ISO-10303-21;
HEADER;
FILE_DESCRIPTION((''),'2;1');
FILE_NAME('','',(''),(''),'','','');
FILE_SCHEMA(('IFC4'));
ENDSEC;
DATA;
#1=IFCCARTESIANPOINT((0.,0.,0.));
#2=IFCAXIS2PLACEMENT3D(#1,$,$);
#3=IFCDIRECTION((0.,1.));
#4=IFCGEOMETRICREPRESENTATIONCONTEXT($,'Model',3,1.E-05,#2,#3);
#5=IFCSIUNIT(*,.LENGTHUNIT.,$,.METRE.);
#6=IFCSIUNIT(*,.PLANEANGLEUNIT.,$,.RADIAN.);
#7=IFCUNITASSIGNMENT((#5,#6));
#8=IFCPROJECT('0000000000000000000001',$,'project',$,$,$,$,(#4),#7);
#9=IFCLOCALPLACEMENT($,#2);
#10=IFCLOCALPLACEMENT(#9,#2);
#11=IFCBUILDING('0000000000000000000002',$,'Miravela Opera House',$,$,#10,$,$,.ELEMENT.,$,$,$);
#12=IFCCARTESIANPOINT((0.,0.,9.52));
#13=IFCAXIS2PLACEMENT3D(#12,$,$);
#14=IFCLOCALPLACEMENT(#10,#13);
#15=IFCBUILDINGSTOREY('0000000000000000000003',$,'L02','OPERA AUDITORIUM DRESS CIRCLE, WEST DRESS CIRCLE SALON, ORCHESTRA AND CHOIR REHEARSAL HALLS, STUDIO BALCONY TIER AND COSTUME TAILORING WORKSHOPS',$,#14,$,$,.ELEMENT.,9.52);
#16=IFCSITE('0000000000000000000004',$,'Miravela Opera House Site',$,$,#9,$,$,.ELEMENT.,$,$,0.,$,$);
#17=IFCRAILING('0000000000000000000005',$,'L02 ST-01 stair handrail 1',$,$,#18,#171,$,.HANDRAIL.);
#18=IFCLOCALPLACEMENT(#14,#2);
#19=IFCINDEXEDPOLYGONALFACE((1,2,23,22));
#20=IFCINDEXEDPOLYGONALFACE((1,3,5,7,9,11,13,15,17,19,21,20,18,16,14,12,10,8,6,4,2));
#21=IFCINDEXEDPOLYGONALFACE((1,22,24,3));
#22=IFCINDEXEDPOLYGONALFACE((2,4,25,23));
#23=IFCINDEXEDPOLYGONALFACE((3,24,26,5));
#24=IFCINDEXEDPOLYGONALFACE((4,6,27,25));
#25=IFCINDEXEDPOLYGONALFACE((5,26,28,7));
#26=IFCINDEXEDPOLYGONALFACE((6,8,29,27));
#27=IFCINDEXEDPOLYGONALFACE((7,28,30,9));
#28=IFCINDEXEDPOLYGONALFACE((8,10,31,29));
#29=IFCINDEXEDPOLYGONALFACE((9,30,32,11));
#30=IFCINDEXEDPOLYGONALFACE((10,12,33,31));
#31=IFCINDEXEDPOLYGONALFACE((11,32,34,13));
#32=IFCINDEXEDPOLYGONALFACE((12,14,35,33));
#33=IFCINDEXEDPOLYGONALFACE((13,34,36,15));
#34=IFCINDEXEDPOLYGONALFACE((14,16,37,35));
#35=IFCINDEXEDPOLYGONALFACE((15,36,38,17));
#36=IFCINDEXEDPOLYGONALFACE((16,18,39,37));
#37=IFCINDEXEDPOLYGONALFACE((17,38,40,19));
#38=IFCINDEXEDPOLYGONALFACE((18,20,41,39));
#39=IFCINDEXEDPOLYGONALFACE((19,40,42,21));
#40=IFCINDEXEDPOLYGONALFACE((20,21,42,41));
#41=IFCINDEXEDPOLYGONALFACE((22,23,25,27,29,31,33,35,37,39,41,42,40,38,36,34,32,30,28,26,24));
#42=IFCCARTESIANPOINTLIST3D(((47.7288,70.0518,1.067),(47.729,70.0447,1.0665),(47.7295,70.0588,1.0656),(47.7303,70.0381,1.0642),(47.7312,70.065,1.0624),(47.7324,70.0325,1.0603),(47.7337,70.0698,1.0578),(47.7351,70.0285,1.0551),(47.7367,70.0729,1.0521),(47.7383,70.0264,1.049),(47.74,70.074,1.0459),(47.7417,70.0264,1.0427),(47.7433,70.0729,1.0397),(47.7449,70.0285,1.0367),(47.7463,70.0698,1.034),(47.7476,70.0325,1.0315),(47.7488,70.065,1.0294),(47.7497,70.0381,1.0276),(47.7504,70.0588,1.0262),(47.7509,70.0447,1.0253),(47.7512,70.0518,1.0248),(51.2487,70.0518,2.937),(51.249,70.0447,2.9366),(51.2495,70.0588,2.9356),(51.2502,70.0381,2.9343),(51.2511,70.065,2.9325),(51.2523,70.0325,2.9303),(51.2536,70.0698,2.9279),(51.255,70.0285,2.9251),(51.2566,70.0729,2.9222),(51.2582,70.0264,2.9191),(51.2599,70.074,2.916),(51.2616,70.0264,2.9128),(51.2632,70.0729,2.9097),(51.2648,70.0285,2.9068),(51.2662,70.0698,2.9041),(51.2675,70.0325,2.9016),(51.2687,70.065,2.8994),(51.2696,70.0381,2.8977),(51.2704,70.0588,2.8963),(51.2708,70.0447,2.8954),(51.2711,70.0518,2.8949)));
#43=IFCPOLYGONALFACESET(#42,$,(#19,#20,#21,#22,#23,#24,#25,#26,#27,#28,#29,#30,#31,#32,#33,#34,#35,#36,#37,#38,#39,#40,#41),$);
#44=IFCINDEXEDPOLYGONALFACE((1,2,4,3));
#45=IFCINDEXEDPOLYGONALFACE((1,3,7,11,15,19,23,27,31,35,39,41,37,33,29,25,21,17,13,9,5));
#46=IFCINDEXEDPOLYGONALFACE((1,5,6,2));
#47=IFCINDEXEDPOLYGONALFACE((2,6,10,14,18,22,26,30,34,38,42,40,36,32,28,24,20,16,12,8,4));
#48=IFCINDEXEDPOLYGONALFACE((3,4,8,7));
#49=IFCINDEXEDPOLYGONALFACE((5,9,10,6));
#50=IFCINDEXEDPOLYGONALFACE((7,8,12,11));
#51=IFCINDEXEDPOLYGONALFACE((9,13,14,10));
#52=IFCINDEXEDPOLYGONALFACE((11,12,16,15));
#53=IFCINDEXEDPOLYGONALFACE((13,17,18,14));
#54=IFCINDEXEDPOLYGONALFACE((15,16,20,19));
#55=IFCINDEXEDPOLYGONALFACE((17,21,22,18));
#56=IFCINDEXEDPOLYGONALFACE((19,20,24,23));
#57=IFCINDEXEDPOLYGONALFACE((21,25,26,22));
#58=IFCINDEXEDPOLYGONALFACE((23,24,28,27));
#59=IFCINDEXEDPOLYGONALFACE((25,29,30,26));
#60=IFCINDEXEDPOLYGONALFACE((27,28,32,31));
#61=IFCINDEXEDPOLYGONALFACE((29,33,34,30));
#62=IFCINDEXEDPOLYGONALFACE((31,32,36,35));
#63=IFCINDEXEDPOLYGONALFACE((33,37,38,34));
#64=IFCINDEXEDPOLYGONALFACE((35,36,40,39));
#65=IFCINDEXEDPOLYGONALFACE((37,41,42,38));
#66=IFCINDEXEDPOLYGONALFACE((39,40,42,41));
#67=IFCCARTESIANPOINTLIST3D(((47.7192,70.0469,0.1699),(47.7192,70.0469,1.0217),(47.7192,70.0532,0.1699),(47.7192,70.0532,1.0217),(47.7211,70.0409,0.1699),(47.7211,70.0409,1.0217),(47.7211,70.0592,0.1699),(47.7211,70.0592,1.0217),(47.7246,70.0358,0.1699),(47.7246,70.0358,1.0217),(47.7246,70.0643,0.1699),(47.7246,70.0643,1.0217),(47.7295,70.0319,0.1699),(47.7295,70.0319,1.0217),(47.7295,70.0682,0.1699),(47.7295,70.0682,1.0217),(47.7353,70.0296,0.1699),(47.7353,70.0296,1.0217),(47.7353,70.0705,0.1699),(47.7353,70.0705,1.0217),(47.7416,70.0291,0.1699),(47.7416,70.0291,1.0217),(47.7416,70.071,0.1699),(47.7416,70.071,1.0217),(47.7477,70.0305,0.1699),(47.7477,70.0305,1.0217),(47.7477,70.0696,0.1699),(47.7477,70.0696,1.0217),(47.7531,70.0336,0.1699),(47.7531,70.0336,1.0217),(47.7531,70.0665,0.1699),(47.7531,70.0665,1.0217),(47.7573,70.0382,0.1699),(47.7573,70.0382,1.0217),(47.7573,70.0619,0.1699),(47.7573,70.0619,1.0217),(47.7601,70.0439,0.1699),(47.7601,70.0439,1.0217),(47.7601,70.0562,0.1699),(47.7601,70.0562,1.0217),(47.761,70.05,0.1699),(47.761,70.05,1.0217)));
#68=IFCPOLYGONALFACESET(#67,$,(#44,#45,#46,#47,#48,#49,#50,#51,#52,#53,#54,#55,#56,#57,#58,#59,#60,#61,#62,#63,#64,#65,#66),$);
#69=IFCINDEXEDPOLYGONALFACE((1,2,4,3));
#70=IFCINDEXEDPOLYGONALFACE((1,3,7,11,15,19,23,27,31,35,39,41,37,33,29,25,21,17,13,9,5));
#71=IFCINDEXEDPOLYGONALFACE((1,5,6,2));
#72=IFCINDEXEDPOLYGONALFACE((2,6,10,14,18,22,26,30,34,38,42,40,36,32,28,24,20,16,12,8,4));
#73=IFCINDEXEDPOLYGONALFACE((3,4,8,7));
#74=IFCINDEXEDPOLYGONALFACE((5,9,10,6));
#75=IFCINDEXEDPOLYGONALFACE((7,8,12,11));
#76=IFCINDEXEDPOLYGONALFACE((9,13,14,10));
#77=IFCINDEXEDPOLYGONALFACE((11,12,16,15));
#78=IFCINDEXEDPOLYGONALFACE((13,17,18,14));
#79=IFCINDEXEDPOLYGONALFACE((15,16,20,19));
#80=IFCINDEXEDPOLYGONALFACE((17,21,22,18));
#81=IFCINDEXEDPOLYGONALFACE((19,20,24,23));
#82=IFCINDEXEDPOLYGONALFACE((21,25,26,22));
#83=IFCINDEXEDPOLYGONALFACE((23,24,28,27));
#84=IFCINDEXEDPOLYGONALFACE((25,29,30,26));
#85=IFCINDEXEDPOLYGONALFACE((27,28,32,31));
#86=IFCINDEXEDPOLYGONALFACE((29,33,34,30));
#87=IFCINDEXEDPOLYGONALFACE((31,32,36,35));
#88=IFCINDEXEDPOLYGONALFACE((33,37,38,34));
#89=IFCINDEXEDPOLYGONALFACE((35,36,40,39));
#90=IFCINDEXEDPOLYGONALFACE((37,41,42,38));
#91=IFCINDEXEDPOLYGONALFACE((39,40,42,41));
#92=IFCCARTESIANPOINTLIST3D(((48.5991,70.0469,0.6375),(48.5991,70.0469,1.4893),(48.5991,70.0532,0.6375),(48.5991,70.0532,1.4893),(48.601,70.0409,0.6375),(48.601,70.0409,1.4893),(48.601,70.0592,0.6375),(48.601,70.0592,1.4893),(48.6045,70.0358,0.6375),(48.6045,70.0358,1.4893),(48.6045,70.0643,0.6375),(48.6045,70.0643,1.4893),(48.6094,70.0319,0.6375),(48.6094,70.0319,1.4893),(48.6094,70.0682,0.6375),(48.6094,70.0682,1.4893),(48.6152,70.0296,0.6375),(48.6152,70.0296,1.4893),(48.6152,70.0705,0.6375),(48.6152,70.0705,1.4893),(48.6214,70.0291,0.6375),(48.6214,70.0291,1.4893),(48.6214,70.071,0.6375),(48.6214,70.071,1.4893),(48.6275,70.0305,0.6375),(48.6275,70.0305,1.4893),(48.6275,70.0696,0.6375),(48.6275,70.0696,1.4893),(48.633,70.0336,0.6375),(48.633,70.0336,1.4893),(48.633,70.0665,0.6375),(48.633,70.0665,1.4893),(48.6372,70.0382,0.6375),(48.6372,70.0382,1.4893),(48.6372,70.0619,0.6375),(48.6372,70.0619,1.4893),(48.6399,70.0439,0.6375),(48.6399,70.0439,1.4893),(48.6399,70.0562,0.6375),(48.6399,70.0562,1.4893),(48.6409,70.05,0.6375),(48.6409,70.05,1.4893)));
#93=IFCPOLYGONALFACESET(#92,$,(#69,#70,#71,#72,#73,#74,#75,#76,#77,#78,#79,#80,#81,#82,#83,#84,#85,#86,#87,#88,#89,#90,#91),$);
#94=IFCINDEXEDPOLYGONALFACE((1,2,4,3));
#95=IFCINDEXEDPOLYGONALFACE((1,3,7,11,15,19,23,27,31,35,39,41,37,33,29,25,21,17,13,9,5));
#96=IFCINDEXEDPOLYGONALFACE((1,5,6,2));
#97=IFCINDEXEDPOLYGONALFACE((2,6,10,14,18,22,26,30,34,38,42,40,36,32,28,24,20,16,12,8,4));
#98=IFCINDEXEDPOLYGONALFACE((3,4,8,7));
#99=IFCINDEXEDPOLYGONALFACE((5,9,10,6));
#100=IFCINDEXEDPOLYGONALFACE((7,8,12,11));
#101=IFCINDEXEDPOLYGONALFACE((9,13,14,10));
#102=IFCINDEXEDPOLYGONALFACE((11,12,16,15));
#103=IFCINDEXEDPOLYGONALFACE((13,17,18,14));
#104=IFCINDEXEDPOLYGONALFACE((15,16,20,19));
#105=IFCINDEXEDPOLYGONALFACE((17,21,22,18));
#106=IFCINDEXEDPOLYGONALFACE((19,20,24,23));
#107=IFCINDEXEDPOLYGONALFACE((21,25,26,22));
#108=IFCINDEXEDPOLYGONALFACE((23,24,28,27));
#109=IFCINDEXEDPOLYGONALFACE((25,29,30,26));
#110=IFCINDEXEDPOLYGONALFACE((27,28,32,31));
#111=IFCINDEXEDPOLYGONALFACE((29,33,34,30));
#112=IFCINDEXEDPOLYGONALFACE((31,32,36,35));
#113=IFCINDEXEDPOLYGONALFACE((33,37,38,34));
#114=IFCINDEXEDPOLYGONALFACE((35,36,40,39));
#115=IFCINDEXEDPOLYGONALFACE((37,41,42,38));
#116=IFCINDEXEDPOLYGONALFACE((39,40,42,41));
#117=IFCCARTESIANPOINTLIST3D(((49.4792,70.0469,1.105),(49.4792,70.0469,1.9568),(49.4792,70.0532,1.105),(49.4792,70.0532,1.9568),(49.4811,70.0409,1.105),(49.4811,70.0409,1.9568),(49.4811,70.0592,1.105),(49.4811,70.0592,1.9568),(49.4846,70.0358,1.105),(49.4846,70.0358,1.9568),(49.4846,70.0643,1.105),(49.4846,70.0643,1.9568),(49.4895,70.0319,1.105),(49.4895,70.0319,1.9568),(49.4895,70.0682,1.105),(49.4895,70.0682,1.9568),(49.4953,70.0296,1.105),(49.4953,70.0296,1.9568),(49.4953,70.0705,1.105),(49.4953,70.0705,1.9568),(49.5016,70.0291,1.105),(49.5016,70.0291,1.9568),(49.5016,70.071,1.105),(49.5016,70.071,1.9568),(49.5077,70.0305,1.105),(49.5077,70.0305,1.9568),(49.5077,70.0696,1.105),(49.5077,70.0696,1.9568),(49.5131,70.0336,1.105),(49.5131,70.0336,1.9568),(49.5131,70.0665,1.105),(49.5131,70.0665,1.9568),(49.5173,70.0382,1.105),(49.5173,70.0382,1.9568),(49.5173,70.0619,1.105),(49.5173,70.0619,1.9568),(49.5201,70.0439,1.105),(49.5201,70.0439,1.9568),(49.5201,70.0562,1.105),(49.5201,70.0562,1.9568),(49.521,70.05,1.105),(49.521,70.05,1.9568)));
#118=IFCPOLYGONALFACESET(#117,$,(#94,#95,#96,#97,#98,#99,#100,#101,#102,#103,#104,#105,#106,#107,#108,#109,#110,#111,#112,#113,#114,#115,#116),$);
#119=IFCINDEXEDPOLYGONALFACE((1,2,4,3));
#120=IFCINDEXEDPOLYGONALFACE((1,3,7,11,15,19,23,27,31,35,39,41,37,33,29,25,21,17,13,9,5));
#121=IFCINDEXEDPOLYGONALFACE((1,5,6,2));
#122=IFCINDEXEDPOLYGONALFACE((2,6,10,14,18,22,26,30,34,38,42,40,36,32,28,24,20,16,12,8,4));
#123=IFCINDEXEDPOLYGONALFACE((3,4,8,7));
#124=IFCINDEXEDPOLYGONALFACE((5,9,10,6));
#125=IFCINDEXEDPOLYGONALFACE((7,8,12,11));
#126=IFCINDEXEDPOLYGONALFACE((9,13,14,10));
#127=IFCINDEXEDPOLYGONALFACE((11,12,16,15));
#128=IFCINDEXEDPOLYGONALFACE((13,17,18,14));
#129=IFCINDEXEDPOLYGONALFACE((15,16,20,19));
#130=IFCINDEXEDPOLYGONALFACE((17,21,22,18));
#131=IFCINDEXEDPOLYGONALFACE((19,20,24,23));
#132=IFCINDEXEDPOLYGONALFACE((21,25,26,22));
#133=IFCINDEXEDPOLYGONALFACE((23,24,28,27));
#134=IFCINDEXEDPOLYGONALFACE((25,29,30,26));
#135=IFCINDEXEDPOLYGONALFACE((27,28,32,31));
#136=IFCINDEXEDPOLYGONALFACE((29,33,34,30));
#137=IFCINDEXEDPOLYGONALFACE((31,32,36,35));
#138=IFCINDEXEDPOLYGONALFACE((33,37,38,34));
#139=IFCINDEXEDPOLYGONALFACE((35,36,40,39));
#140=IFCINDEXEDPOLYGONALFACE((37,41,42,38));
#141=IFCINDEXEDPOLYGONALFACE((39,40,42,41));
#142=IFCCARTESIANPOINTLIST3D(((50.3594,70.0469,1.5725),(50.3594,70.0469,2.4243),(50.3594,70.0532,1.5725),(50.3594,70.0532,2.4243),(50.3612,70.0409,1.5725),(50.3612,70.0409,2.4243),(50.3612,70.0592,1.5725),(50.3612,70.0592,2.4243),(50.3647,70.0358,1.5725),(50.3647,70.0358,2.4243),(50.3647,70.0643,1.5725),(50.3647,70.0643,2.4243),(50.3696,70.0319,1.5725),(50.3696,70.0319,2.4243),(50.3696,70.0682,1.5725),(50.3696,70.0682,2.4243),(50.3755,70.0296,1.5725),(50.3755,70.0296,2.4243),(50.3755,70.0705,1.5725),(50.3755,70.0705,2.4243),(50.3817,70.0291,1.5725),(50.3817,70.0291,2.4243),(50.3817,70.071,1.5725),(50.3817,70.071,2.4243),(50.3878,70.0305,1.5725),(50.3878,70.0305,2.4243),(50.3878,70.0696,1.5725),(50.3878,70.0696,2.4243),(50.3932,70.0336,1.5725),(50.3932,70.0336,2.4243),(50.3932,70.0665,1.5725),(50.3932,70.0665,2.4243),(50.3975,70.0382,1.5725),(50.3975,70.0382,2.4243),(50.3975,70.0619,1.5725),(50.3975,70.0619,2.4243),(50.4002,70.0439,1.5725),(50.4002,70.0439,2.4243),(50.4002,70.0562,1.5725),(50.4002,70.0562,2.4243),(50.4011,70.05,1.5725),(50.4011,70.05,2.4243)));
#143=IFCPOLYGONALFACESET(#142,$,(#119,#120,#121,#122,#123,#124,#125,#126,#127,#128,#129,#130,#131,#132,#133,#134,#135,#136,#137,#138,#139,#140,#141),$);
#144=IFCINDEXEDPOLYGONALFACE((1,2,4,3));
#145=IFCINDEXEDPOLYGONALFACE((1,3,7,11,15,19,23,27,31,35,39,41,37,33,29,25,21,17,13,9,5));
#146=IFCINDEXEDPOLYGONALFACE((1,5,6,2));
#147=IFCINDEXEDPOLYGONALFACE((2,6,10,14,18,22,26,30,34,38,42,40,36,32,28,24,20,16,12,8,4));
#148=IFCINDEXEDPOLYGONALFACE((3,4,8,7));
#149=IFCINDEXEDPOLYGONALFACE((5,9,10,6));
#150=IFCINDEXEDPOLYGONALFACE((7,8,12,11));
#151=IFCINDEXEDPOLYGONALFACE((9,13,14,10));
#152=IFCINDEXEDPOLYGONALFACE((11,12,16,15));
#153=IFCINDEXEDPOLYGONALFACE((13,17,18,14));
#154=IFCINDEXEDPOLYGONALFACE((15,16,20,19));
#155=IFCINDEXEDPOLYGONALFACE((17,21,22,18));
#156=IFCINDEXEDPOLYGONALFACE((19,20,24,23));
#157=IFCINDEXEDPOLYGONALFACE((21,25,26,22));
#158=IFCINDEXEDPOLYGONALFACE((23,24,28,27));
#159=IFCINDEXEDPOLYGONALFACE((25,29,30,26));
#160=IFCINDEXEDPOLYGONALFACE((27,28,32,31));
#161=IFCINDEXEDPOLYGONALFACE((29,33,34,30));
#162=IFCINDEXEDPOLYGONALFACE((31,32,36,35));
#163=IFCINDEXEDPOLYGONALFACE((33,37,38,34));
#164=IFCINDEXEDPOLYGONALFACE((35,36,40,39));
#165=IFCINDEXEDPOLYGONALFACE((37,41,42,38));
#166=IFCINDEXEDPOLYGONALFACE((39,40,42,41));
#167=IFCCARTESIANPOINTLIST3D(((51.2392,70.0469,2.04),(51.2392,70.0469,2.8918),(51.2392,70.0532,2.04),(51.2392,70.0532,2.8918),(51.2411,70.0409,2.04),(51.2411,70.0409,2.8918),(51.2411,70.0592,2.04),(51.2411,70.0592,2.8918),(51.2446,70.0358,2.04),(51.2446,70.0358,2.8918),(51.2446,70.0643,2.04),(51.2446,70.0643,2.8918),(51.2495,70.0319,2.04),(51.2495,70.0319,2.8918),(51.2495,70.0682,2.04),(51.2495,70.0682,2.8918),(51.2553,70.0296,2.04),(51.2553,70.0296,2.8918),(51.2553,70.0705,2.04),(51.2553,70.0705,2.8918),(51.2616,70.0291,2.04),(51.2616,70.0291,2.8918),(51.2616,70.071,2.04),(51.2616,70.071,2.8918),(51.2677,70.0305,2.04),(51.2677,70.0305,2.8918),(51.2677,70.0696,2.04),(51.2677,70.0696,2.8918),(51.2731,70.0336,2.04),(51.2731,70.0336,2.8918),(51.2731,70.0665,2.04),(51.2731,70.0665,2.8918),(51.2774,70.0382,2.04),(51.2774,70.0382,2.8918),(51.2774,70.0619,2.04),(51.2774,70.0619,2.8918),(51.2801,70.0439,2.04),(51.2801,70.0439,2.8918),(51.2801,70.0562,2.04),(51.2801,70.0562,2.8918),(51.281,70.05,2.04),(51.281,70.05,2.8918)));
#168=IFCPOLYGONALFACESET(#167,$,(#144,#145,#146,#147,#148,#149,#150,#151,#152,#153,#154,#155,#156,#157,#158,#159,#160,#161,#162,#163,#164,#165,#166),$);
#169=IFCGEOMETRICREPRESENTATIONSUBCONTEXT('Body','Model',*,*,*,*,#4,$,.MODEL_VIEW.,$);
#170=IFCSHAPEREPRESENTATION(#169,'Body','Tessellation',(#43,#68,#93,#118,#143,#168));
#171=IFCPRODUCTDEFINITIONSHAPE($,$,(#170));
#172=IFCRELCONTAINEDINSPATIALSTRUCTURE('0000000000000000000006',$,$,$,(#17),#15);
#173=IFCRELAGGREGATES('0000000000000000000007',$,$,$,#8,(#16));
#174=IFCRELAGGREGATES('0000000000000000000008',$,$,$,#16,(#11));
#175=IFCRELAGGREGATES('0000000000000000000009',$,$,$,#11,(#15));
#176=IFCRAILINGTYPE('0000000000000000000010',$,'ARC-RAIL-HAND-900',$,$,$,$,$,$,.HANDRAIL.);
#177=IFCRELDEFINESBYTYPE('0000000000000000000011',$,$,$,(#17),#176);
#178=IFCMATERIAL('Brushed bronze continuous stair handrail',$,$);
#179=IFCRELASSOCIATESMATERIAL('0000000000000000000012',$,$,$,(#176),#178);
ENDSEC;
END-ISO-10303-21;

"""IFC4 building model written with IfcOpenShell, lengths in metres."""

from ifc_helpers import new_model, si_unit, direction, frame, origin, origin_2d, place, context, subcontext, project, spatial, circle, extrude, material, type_object, element, save


model = new_model("IFC4")

# Units and contexts
model_context = context("Model", 3, precision=1e-05, world=origin(), true_north=direction((0.0, 1.0)))
body_context = subcontext(model_context, "Body", "Model", "MODEL_VIEW")
ifc_project = project(units=[si_unit("LENGTHUNIT", "METRE"), si_unit("PLANEANGLEUNIT", "RADIAN")], contexts=[model_context])

# Site, building, storey
site_placement = place(None, origin())
site = spatial("IfcSite", under=ifc_project, at=site_placement, Name="Miravela Opera House Site", CompositionType="ELEMENT", RefElevation=0.0)
building_placement = place(site_placement, origin())
building = spatial("IfcBuilding", under=site, at=building_placement, Name="Miravela Opera House", CompositionType="ELEMENT")
storey_placement = place(building_placement, frame((0.0, 0.0, 9.52)))
storey = spatial("IfcBuildingStorey", under=building, at=storey_placement, Name="L02", Description="OPERA AUDITORIUM DRESS CIRCLE, WEST DRESS CIRCLE SALON, ORCHESTRA AND CHOIR REHEARSAL HALLS, STUDIO BALCONY TIER AND COSTUME TAILORING WORKSHOPS", CompositionType="ELEMENT", Elevation=9.52)

# Railing
ifc_material_1 = material(Name="Brushed bronze continuous stair handrail")
railing_type_1 = type_object("IfcRailingType", Name="ARC-RAIL-HAND-900", PredefinedType="HANDRAIL", material=ifc_material_1)
railing_1_placement = place(storey_placement, frame((47.74, 70.05, 0.1699)))
element("IfcRailing", 1, at=railing_1_placement, inside=storey, type_object=railing_type_1, Name="L02 ST-01 stair handrail 1", PredefinedType="HANDRAIL", context=body_context, shape_type="SweptSolid", body=[
    extrude(circle(Radius=0.0239, at=origin_2d()), frame((0.0, 0.0, 0.876), z_axis=(0.883105, 0.0, 0.469176), x_axis=(0.0, 1.0, 0.0)), (0.0, 0.0, 1.0), 3.9858),
    extrude(circle(Radius=0.021, at=origin_2d()), origin(), (0.0, 0.0, 1.0), 0.8518),
    extrude(circle(Radius=0.021, at=origin_2d()), frame((0.8799, 0.0, 0.4675)), (0.0, 0.0, 1.0), 0.8518),
    extrude(circle(Radius=0.021, at=origin_2d()), frame((1.76, 0.0, 0.9351)), (0.0, 0.0, 1.0), 0.8518),
    extrude(circle(Radius=0.021, at=origin_2d()), frame((2.6401, 0.0, 1.4026)), (0.0, 0.0, 1.0), 0.8518),
    extrude(circle(Radius=0.021, at=origin_2d()), frame((3.52, 0.0, 1.8701)), (0.0, 0.0, 1.0), 0.8518),
])

save(model, "model.ifc")
